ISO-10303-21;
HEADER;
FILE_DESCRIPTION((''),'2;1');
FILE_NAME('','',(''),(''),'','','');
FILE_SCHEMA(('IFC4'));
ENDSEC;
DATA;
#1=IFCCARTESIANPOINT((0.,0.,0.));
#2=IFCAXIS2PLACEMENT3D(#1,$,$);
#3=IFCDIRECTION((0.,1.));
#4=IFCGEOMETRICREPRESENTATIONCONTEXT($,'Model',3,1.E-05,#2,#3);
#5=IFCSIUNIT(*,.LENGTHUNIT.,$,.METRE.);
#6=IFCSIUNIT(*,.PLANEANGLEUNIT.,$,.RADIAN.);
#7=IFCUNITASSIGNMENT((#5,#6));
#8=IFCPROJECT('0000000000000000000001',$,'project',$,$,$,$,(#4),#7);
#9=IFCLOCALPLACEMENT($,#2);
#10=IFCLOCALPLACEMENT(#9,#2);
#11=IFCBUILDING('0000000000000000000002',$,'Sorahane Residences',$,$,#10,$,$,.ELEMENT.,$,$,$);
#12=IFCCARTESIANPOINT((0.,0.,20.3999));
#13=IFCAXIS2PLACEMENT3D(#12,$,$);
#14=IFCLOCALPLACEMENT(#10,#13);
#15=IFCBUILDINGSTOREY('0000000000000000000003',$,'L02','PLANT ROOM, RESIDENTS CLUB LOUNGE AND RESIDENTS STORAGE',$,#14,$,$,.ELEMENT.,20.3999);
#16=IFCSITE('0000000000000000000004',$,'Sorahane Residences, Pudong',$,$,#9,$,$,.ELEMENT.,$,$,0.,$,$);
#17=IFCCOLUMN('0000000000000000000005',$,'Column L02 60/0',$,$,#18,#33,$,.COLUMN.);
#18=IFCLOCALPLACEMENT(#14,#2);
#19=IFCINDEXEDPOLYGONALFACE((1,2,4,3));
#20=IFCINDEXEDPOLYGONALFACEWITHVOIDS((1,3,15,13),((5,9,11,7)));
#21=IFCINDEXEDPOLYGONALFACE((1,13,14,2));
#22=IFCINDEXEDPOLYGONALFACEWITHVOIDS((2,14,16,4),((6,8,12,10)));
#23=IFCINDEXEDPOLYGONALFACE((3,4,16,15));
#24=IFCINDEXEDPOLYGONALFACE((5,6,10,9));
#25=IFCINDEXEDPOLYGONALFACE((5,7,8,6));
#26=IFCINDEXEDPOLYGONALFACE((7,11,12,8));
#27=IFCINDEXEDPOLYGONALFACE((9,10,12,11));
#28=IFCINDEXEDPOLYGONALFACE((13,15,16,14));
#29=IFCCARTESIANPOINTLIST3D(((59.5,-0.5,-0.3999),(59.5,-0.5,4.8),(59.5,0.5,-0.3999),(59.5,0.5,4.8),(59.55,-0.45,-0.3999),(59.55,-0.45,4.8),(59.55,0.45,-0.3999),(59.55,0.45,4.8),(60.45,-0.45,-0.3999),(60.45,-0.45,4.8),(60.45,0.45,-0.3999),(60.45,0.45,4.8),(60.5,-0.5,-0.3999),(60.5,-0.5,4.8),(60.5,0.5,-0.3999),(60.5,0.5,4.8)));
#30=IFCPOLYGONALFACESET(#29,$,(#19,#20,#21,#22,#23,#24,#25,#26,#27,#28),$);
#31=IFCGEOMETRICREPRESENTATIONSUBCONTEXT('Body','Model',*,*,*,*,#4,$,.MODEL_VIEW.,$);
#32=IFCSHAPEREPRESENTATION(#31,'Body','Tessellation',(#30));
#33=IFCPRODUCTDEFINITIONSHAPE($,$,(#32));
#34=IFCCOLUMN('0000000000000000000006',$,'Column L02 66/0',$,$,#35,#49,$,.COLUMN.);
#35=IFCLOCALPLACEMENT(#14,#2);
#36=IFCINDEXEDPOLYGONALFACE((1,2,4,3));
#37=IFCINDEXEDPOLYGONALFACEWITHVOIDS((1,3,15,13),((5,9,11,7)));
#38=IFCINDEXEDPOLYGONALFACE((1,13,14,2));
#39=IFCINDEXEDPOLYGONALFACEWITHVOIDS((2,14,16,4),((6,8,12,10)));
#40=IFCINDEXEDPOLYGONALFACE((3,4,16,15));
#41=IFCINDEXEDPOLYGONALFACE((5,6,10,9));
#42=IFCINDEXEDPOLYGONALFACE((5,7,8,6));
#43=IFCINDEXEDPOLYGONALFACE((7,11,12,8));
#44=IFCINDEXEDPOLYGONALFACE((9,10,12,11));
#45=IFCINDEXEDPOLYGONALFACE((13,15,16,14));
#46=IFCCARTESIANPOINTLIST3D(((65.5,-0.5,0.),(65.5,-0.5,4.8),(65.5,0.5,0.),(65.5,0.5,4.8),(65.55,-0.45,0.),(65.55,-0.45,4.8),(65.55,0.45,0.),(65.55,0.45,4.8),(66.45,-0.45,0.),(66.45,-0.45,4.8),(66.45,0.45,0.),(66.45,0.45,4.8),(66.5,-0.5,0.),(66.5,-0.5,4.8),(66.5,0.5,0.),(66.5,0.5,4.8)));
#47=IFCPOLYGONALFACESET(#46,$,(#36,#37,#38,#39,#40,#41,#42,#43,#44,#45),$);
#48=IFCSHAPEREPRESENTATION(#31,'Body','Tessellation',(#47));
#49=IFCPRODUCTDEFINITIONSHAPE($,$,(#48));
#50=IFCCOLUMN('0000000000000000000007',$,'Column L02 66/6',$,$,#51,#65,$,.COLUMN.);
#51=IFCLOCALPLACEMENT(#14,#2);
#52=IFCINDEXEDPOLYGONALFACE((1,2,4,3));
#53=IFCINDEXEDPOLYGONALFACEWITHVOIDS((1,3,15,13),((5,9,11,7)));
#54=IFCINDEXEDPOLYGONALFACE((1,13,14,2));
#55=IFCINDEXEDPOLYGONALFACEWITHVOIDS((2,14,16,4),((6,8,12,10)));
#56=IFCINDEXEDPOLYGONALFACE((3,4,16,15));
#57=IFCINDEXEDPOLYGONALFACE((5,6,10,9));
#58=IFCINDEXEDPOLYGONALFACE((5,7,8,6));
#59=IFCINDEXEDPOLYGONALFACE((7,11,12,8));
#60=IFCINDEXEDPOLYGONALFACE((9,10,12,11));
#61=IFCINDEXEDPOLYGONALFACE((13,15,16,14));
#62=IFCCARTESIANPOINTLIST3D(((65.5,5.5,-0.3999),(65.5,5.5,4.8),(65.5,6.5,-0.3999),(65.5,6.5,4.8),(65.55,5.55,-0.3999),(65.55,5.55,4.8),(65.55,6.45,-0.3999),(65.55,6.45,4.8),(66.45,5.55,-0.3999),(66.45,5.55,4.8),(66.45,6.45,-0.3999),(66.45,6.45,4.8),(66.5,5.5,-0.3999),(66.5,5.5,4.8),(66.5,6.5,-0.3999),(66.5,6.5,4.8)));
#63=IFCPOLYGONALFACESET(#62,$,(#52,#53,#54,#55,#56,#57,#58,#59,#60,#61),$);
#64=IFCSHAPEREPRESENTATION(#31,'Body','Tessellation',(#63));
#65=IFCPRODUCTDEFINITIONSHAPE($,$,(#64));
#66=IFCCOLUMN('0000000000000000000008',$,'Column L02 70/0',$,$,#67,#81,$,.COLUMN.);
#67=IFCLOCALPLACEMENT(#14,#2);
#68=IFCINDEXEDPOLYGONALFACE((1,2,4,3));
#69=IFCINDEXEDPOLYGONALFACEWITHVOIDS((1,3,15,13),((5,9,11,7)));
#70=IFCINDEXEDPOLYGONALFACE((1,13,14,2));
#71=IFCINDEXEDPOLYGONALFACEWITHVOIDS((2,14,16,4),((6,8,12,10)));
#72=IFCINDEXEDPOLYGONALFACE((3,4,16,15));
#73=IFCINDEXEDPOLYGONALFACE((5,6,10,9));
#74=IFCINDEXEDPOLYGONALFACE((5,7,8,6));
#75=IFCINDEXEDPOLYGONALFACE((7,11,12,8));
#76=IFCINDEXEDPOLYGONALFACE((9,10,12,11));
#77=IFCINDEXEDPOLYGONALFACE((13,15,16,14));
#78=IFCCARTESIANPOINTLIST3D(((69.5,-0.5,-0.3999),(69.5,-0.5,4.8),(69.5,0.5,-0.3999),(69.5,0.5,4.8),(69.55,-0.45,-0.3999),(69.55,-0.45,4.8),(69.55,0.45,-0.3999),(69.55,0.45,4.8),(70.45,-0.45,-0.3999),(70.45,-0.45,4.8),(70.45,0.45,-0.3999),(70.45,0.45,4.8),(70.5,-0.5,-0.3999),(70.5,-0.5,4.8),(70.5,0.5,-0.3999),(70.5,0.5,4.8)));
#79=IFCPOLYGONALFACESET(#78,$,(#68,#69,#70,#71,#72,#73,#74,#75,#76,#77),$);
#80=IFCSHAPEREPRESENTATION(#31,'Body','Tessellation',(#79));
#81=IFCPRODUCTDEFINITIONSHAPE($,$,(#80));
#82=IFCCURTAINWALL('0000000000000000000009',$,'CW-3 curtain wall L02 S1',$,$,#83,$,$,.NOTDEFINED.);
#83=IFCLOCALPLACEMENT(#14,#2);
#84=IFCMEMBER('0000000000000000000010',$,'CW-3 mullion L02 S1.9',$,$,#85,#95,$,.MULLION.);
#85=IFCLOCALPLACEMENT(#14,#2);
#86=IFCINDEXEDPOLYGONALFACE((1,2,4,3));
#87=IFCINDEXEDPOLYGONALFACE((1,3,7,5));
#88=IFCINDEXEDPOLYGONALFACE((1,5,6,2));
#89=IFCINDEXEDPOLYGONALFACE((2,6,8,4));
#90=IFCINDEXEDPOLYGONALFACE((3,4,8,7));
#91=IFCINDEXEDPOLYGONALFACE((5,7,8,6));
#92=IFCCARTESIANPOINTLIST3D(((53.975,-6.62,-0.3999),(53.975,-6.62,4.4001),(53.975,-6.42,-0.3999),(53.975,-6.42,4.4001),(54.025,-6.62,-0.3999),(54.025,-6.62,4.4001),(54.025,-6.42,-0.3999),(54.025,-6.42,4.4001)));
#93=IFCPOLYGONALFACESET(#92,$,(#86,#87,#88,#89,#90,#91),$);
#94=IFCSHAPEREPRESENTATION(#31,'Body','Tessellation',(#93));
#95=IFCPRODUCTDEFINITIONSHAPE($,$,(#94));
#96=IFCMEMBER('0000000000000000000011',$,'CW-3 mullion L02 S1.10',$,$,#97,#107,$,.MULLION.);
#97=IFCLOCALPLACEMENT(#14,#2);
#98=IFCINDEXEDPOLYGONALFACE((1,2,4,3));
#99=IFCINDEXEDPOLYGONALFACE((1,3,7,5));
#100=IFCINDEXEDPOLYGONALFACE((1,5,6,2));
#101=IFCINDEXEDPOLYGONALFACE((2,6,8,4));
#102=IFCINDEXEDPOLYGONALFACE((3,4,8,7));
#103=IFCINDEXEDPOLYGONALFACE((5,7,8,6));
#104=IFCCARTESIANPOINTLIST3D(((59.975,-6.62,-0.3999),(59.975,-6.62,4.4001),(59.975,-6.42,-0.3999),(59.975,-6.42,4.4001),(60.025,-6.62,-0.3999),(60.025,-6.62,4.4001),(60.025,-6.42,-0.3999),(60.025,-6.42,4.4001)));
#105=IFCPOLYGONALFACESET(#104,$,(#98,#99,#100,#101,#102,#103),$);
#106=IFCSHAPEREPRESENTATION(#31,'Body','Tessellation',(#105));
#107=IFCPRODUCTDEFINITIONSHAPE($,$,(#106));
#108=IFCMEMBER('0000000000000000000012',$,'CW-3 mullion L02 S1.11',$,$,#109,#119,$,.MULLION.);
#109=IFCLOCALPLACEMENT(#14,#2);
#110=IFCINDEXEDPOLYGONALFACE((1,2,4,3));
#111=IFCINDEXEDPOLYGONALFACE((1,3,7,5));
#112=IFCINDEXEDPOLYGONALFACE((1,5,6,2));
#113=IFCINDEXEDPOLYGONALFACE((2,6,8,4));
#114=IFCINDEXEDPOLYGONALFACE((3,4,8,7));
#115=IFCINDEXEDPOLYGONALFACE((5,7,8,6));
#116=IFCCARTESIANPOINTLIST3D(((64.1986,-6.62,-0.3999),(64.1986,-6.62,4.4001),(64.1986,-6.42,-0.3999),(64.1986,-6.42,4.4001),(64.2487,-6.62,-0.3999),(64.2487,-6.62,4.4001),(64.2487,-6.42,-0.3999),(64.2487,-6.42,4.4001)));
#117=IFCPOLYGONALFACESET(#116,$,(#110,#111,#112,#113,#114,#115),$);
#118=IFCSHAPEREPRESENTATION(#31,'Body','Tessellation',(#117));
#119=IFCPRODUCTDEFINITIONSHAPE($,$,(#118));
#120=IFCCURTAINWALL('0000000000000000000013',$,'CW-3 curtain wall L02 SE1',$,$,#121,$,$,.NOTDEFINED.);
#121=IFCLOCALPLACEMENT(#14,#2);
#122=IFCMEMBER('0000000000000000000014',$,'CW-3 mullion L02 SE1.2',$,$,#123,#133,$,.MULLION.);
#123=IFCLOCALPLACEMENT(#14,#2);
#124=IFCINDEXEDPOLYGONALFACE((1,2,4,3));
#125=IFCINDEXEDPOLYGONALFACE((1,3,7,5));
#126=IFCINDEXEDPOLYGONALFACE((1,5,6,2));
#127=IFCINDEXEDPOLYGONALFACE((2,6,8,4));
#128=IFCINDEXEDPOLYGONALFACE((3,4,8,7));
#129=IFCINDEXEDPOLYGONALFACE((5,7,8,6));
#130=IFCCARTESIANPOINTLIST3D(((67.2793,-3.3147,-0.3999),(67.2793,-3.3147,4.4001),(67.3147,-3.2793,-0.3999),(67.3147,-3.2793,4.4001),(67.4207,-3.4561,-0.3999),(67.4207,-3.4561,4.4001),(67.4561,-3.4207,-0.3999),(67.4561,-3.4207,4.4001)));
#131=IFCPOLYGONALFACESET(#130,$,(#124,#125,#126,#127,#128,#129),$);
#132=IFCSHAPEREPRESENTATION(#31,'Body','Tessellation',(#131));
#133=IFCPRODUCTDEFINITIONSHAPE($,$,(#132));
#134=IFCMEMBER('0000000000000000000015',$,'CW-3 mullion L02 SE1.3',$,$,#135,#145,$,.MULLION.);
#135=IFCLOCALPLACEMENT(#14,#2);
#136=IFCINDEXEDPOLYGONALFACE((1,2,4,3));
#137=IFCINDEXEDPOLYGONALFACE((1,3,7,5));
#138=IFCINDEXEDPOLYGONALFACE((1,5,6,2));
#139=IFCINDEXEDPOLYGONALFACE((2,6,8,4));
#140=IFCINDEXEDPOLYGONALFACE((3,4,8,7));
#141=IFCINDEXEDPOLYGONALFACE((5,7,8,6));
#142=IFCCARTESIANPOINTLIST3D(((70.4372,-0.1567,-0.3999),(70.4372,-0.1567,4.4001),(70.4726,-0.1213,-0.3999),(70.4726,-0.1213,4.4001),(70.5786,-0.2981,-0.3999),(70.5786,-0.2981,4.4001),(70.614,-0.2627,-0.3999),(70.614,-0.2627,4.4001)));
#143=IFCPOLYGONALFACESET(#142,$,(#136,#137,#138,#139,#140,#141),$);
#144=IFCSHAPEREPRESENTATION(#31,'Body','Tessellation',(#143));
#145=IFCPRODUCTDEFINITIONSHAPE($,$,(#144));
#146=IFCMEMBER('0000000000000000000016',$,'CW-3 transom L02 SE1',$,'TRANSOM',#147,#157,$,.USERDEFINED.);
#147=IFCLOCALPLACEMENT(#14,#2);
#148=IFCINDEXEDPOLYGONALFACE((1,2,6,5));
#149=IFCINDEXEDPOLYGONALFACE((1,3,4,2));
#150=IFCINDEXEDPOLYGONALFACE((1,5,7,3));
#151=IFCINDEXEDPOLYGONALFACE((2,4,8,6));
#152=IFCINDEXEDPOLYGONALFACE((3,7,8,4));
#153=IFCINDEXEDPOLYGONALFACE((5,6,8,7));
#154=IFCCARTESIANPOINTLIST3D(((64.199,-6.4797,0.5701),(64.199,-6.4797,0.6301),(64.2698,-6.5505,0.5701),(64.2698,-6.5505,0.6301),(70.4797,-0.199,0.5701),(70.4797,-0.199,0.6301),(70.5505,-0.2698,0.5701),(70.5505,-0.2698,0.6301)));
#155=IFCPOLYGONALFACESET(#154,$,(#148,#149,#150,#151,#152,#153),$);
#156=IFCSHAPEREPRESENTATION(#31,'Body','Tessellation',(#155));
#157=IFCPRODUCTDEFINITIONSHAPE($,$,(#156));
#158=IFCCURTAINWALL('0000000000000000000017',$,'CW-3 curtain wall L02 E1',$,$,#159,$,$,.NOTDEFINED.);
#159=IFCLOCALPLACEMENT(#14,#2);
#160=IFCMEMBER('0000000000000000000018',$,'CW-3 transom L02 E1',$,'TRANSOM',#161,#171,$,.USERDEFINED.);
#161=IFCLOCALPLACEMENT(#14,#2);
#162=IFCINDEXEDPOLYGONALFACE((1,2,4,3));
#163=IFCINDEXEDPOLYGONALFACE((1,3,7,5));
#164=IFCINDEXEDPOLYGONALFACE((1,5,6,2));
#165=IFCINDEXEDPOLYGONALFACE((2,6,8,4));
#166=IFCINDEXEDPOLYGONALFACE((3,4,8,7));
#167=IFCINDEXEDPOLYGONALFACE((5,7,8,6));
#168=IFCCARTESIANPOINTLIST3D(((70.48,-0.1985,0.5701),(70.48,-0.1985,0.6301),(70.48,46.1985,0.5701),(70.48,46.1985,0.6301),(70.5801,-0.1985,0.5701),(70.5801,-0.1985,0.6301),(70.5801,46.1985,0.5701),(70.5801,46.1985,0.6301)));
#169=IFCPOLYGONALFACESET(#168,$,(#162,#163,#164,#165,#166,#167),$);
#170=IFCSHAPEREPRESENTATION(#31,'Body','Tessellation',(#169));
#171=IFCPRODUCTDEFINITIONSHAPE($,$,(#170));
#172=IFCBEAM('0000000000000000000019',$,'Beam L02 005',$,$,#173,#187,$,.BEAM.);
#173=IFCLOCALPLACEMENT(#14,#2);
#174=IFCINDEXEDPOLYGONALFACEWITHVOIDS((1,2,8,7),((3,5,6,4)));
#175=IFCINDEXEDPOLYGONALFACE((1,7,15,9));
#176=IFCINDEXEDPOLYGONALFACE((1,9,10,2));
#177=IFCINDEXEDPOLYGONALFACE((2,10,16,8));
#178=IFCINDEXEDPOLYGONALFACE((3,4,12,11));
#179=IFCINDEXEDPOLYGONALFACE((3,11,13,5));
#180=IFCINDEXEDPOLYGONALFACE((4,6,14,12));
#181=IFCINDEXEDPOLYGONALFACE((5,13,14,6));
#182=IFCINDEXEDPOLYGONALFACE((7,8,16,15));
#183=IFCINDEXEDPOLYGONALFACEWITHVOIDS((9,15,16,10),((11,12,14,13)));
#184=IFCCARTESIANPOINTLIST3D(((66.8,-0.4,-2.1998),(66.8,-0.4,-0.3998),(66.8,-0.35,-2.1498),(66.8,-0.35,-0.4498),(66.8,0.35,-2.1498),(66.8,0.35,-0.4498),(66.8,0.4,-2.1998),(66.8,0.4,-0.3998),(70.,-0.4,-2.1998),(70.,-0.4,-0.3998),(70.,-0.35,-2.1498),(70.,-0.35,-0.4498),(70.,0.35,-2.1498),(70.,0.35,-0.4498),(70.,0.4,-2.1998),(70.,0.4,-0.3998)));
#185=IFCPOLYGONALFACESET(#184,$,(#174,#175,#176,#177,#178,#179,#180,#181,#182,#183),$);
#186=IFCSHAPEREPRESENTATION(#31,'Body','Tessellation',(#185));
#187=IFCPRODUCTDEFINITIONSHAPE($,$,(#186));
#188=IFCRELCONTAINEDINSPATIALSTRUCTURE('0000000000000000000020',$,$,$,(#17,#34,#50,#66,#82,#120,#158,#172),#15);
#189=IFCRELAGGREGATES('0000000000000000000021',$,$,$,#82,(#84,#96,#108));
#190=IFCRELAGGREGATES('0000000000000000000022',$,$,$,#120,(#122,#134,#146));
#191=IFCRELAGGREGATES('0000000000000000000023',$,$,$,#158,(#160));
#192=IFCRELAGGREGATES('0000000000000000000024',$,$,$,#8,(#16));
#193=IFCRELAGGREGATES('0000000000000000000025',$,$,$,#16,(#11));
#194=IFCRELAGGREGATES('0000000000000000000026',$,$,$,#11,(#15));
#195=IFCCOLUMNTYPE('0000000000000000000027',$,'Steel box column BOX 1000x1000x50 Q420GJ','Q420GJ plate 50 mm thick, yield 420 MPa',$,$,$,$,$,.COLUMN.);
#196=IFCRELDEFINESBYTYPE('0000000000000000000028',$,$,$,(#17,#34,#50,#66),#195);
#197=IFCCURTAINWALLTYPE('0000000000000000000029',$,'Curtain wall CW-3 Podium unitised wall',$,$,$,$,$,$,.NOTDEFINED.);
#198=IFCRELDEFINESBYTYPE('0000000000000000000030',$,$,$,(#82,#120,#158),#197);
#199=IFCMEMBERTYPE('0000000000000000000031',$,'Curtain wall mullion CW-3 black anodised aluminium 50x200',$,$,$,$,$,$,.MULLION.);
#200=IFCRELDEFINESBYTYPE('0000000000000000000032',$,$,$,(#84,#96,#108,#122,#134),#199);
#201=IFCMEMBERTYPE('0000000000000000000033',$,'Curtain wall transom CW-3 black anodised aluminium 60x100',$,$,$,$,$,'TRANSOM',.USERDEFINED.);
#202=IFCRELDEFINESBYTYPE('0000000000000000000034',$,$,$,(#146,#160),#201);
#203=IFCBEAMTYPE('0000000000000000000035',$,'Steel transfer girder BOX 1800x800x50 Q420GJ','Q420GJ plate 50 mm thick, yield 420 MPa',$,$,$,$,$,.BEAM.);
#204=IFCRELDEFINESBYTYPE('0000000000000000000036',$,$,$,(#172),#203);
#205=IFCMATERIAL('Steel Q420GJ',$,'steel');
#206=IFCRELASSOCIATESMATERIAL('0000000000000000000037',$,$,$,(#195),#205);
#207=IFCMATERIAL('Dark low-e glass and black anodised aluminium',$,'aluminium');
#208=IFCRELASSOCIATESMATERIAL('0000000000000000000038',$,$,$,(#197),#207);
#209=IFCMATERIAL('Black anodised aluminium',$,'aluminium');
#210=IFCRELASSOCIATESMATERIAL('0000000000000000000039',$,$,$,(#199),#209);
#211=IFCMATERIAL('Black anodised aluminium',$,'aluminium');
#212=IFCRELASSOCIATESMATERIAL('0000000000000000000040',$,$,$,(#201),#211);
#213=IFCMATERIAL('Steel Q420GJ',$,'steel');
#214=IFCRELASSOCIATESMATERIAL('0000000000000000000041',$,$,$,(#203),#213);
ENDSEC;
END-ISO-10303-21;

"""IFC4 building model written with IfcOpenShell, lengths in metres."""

from ifc_helpers import new_model, si_unit, direction, frame, origin, origin_2d, place, context, subcontext, project, spatial, rectangle, hollow_rectangle, extrude, material, material_profile, profile_set, type_object, element, aggregate, save


model = new_model("IFC4")

# Units and contexts
model_context = context("Model", 3, precision=1e-05, world=origin(), true_north=direction((0.0, 1.0)))
body_context = subcontext(model_context, "Body", "Model", "MODEL_VIEW")
ifc_project = project(units=[si_unit("LENGTHUNIT", "METRE"), si_unit("PLANEANGLEUNIT", "RADIAN")], contexts=[model_context])

# Site, building, storey
site_placement = place(None, origin())
site = spatial("IfcSite", under=ifc_project, at=site_placement, Name="Sorahane Residences, Pudong", CompositionType="ELEMENT", RefElevation=0.0)
building_placement = place(site_placement, origin())
building = spatial("IfcBuilding", under=site, at=building_placement, Name="Sorahane Residences", CompositionType="ELEMENT")
storey_placement = place(building_placement, frame((0.0, 0.0, 20.3999)))
storey = spatial("IfcBuildingStorey", under=building, at=storey_placement, Name="L02", Description="PLANT ROOM, RESIDENTS CLUB LOUNGE AND RESIDENTS STORAGE", CompositionType="ELEMENT", Elevation=20.3999)

# Columns
ifc_material_1 = material(Name="Steel Q420GJ", Category="steel")
ifc_material_profile_1 = material_profile(ifc_material_1, hollow_rectangle(XDim=1.0, YDim=1.0, WallThickness=0.05, at=origin_2d()), Name="BOX 1000x1000x50")
ifc_profile_set_1 = profile_set([ifc_material_profile_1], Name="Steel Q420GJ")
column_type = type_object("IfcColumnType", Name="Steel box column BOX 1000x1000x50 Q420GJ", Description="Q420GJ plate 50 mm thick, yield 420 MPa", PredefinedType="COLUMN", material=ifc_profile_set_1)
column_1_placement = place(storey_placement, frame((60.0, 0.0, -0.3999), z_axis=(0.0, 0.0, 1.0), x_axis=(1.0, 0.0, 0.0)))
element("IfcColumn", 1, at=column_1_placement, inside=storey, type_object=column_type, Name="Column L02 60/0", PredefinedType="COLUMN", context=body_context, shape_type="SweptSolid", body=[
    extrude(hollow_rectangle(XDim=1.0, YDim=1.0, WallThickness=0.05, at=origin_2d()), origin(), (0.0, 0.0, 1.0), 5.2),
])
column_2_placement = place(storey_placement, frame((66.0, 0.0, 0.0), z_axis=(0.0, 0.0, 1.0), x_axis=(1.0, 0.0, 0.0)))
element("IfcColumn", 2, at=column_2_placement, inside=storey, type_object=column_type, Name="Column L02 66/0", PredefinedType="COLUMN", context=body_context, shape_type="SweptSolid", body=[
    extrude(hollow_rectangle(XDim=1.0, YDim=1.0, WallThickness=0.05, at=origin_2d()), origin(), (0.0, 0.0, 1.0), 4.8),
])
for number, where, z_axis, x_axis, name in (
    (3, (66.0, 6.0, -0.3999), (0.0, 0.0, 1.0), (1.0, 0.0, 0.0), "Column L02 66/6"),
    (4, (70.0, 0.0, -0.3999), (0.0, 0.0, 1.0), (1.0, 0.0, 0.0), "Column L02 70/0"),
):
    element("IfcColumn", number, at=place(storey_placement, frame(where, z_axis=z_axis, x_axis=x_axis)), inside=storey, type_object=column_type, Name=name, PredefinedType="COLUMN", context=body_context, shape_type="SweptSolid", body=[
        extrude(hollow_rectangle(XDim=1.0, YDim=1.0, WallThickness=0.05, at=origin_2d()), origin(), (0.0, 0.0, 1.0), 5.2),
    ])

# Curtain walls, members
ifc_material_2 = material(Name="Dark low-e glass and black anodised aluminium", Category="aluminium")
curtain_wall_type = type_object("IfcCurtainWallType", Name="Curtain wall CW-3 Podium unitised wall", PredefinedType="NOTDEFINED", material=ifc_material_2)
curtain_wall_1_placement = place(storey_placement, origin())
curtain_wall_1 = element("IfcCurtainWall", 5, at=curtain_wall_1_placement, inside=storey, type_object=curtain_wall_type, Name="CW-3 curtain wall L02 S1", PredefinedType="NOTDEFINED")
ifc_material_3 = material(Name="Black anodised aluminium", Category="aluminium")
ifc_material_profile_2 = material_profile(ifc_material_3, rectangle(XDim=0.2, YDim=0.05, at=origin_2d()), Name="Curtain wall mullion CW-3 black anodised aluminium 50x200")
ifc_profile_set_2 = profile_set([ifc_material_profile_2], Name="Black anodised aluminium")
member_type_1 = type_object("IfcMemberType", Name="Curtain wall mullion CW-3 black anodised aluminium 50x200", PredefinedType="MULLION", material=ifc_profile_set_2)
member_1_placement = place(storey_placement, frame((54.0, -6.52, -0.3999), z_axis=(0.0, 0.0, 1.0), x_axis=(0.0, -1.0, 0.0)))
member_1 = element("IfcMember", 6, at=member_1_placement, type_object=member_type_1, Name="CW-3 mullion L02 S1.9", PredefinedType="MULLION", context=body_context, shape_type="SweptSolid", body=[
    extrude(rectangle(XDim=0.2, YDim=0.05, at=origin_2d()), origin(), (0.0, 0.0, 1.0), 4.8),
])
member_2_placement = place(storey_placement, frame((60.0, -6.52, -0.3999), z_axis=(0.0, 0.0, 1.0), x_axis=(0.0, -1.0, 0.0)))
member_2 = element("IfcMember", 7, at=member_2_placement, type_object=member_type_1, Name="CW-3 mullion L02 S1.10", PredefinedType="MULLION", context=body_context, shape_type="SweptSolid", body=[
    extrude(rectangle(XDim=0.2, YDim=0.05, at=origin_2d()), origin(), (0.0, 0.0, 1.0), 4.8),
])
member_3_placement = place(storey_placement, frame((64.2236, -6.52, -0.3999), z_axis=(0.0, 0.0, 1.0), x_axis=(0.0, -1.0, 0.0)))
member_3 = element("IfcMember", 8, at=member_3_placement, type_object=member_type_1, Name="CW-3 mullion L02 S1.11", PredefinedType="MULLION", context=body_context, shape_type="SweptSolid", body=[
    extrude(rectangle(XDim=0.2, YDim=0.05, at=origin_2d()), origin(), (0.0, 0.0, 1.0), 4.8),
])
curtain_wall_2_placement = place(storey_placement, origin())
curtain_wall_2 = element("IfcCurtainWall", 9, at=curtain_wall_2_placement, inside=storey, type_object=curtain_wall_type, Name="CW-3 curtain wall L02 SE1", PredefinedType="NOTDEFINED")
member_4_placement = place(storey_placement, frame((67.3677, -3.3677, -0.3999), z_axis=(0.0, 0.0, 1.0), x_axis=(0.707107, -0.707107, 0.0)))
member_4 = element("IfcMember", 10, at=member_4_placement, type_object=member_type_1, Name="CW-3 mullion L02 SE1.2", PredefinedType="MULLION", context=body_context, shape_type="SweptSolid", body=[
    extrude(rectangle(XDim=0.2, YDim=0.05, at=origin_2d()), origin(), (0.0, 0.0, 1.0), 4.8),
])
member_5_placement = place(storey_placement, frame((70.5256, -0.2097, -0.3999), z_axis=(0.0, 0.0, 1.0), x_axis=(0.707107, -0.707107, 0.0)))
member_5 = element("IfcMember", 11, at=member_5_placement, type_object=member_type_1, Name="CW-3 mullion L02 SE1.3", PredefinedType="MULLION", context=body_context, shape_type="SweptSolid", body=[
    extrude(rectangle(XDim=0.2, YDim=0.05, at=origin_2d()), origin(), (0.0, 0.0, 1.0), 4.8),
])
ifc_material_4 = material(Name="Black anodised aluminium", Category="aluminium")
ifc_material_profile_3 = material_profile(ifc_material_4, rectangle(XDim=0.1001, YDim=0.0601, at=origin_2d()), Name="Curtain wall transom CW-3 black anodised aluminium 60x100")
ifc_profile_set_3 = profile_set([ifc_material_profile_3], Name="Black anodised aluminium")
member_type_2 = type_object("IfcMemberType", Name="Curtain wall transom CW-3 black anodised aluminium 60x100", ElementType="TRANSOM", PredefinedType="USERDEFINED", material=ifc_profile_set_3)
member_6_placement = place(storey_placement, frame((64.2344, -6.5151, 0.6001), z_axis=(0.707107, 0.707107, 0.0), x_axis=(-0.707107, 0.707107, 0.0)))
member_6 = element("IfcMember", 12, at=member_6_placement, type_object=member_type_2, Name="CW-3 transom L02 SE1", ObjectType="TRANSOM", PredefinedType="USERDEFINED", context=body_context, shape_type="SweptSolid", body=[
    extrude(rectangle(XDim=0.1001, YDim=0.0601, at=origin_2d()), origin(), (0.0, 0.0, 1.0), 8.8823),
])

# Curtain wall, member
curtain_wall_3_placement = place(storey_placement, origin())
curtain_wall_3 = element("IfcCurtainWall", 13, at=curtain_wall_3_placement, inside=storey, type_object=curtain_wall_type, Name="CW-3 curtain wall L02 E1", PredefinedType="NOTDEFINED")
member_7_placement = place(storey_placement, frame((70.53, -0.1985, 0.6001), z_axis=(0.0, 1.0, 0.0), x_axis=(-1.0, 0.0, 0.0)))
member_7 = element("IfcMember", 14, at=member_7_placement, type_object=member_type_2, Name="CW-3 transom L02 E1", ObjectType="TRANSOM", PredefinedType="USERDEFINED", context=body_context, shape_type="SweptSolid", body=[
    extrude(rectangle(XDim=0.1001, YDim=0.0601, at=origin_2d()), origin(), (0.0, 0.0, 1.0), 46.397),
])

# Beam
ifc_material_5 = material(Name="Steel Q420GJ", Category="steel")
ifc_material_profile_4 = material_profile(ifc_material_5, hollow_rectangle(XDim=0.8, YDim=1.8, WallThickness=0.05, at=origin_2d()), Name="BOX 1800x800x50")
ifc_profile_set_4 = profile_set([ifc_material_profile_4], Name="Steel Q420GJ")
beam_type = type_object("IfcBeamType", Name="Steel transfer girder BOX 1800x800x50 Q420GJ", Description="Q420GJ plate 50 mm thick, yield 420 MPa", PredefinedType="BEAM", material=ifc_profile_set_4)
beam_1_placement = place(storey_placement, frame((66.8, 0.0, -1.2998), z_axis=(1.0, 0.0, 0.0), x_axis=(0.0, 1.0, 0.0)))
element("IfcBeam", 15, at=beam_1_placement, inside=storey, type_object=beam_type, Name="Beam L02 005", PredefinedType="BEAM", context=body_context, shape_type="SweptSolid", body=[
    extrude(hollow_rectangle(XDim=0.8, YDim=1.8, WallThickness=0.05, at=origin_2d()), origin(), (0.0, 0.0, 1.0), 3.2),
])

aggregate(curtain_wall_1, [member_1, member_2, member_3])
aggregate(curtain_wall_2, [member_4, member_5, member_6])
aggregate(curtain_wall_3, [member_7])

save(model, "model.ifc")
